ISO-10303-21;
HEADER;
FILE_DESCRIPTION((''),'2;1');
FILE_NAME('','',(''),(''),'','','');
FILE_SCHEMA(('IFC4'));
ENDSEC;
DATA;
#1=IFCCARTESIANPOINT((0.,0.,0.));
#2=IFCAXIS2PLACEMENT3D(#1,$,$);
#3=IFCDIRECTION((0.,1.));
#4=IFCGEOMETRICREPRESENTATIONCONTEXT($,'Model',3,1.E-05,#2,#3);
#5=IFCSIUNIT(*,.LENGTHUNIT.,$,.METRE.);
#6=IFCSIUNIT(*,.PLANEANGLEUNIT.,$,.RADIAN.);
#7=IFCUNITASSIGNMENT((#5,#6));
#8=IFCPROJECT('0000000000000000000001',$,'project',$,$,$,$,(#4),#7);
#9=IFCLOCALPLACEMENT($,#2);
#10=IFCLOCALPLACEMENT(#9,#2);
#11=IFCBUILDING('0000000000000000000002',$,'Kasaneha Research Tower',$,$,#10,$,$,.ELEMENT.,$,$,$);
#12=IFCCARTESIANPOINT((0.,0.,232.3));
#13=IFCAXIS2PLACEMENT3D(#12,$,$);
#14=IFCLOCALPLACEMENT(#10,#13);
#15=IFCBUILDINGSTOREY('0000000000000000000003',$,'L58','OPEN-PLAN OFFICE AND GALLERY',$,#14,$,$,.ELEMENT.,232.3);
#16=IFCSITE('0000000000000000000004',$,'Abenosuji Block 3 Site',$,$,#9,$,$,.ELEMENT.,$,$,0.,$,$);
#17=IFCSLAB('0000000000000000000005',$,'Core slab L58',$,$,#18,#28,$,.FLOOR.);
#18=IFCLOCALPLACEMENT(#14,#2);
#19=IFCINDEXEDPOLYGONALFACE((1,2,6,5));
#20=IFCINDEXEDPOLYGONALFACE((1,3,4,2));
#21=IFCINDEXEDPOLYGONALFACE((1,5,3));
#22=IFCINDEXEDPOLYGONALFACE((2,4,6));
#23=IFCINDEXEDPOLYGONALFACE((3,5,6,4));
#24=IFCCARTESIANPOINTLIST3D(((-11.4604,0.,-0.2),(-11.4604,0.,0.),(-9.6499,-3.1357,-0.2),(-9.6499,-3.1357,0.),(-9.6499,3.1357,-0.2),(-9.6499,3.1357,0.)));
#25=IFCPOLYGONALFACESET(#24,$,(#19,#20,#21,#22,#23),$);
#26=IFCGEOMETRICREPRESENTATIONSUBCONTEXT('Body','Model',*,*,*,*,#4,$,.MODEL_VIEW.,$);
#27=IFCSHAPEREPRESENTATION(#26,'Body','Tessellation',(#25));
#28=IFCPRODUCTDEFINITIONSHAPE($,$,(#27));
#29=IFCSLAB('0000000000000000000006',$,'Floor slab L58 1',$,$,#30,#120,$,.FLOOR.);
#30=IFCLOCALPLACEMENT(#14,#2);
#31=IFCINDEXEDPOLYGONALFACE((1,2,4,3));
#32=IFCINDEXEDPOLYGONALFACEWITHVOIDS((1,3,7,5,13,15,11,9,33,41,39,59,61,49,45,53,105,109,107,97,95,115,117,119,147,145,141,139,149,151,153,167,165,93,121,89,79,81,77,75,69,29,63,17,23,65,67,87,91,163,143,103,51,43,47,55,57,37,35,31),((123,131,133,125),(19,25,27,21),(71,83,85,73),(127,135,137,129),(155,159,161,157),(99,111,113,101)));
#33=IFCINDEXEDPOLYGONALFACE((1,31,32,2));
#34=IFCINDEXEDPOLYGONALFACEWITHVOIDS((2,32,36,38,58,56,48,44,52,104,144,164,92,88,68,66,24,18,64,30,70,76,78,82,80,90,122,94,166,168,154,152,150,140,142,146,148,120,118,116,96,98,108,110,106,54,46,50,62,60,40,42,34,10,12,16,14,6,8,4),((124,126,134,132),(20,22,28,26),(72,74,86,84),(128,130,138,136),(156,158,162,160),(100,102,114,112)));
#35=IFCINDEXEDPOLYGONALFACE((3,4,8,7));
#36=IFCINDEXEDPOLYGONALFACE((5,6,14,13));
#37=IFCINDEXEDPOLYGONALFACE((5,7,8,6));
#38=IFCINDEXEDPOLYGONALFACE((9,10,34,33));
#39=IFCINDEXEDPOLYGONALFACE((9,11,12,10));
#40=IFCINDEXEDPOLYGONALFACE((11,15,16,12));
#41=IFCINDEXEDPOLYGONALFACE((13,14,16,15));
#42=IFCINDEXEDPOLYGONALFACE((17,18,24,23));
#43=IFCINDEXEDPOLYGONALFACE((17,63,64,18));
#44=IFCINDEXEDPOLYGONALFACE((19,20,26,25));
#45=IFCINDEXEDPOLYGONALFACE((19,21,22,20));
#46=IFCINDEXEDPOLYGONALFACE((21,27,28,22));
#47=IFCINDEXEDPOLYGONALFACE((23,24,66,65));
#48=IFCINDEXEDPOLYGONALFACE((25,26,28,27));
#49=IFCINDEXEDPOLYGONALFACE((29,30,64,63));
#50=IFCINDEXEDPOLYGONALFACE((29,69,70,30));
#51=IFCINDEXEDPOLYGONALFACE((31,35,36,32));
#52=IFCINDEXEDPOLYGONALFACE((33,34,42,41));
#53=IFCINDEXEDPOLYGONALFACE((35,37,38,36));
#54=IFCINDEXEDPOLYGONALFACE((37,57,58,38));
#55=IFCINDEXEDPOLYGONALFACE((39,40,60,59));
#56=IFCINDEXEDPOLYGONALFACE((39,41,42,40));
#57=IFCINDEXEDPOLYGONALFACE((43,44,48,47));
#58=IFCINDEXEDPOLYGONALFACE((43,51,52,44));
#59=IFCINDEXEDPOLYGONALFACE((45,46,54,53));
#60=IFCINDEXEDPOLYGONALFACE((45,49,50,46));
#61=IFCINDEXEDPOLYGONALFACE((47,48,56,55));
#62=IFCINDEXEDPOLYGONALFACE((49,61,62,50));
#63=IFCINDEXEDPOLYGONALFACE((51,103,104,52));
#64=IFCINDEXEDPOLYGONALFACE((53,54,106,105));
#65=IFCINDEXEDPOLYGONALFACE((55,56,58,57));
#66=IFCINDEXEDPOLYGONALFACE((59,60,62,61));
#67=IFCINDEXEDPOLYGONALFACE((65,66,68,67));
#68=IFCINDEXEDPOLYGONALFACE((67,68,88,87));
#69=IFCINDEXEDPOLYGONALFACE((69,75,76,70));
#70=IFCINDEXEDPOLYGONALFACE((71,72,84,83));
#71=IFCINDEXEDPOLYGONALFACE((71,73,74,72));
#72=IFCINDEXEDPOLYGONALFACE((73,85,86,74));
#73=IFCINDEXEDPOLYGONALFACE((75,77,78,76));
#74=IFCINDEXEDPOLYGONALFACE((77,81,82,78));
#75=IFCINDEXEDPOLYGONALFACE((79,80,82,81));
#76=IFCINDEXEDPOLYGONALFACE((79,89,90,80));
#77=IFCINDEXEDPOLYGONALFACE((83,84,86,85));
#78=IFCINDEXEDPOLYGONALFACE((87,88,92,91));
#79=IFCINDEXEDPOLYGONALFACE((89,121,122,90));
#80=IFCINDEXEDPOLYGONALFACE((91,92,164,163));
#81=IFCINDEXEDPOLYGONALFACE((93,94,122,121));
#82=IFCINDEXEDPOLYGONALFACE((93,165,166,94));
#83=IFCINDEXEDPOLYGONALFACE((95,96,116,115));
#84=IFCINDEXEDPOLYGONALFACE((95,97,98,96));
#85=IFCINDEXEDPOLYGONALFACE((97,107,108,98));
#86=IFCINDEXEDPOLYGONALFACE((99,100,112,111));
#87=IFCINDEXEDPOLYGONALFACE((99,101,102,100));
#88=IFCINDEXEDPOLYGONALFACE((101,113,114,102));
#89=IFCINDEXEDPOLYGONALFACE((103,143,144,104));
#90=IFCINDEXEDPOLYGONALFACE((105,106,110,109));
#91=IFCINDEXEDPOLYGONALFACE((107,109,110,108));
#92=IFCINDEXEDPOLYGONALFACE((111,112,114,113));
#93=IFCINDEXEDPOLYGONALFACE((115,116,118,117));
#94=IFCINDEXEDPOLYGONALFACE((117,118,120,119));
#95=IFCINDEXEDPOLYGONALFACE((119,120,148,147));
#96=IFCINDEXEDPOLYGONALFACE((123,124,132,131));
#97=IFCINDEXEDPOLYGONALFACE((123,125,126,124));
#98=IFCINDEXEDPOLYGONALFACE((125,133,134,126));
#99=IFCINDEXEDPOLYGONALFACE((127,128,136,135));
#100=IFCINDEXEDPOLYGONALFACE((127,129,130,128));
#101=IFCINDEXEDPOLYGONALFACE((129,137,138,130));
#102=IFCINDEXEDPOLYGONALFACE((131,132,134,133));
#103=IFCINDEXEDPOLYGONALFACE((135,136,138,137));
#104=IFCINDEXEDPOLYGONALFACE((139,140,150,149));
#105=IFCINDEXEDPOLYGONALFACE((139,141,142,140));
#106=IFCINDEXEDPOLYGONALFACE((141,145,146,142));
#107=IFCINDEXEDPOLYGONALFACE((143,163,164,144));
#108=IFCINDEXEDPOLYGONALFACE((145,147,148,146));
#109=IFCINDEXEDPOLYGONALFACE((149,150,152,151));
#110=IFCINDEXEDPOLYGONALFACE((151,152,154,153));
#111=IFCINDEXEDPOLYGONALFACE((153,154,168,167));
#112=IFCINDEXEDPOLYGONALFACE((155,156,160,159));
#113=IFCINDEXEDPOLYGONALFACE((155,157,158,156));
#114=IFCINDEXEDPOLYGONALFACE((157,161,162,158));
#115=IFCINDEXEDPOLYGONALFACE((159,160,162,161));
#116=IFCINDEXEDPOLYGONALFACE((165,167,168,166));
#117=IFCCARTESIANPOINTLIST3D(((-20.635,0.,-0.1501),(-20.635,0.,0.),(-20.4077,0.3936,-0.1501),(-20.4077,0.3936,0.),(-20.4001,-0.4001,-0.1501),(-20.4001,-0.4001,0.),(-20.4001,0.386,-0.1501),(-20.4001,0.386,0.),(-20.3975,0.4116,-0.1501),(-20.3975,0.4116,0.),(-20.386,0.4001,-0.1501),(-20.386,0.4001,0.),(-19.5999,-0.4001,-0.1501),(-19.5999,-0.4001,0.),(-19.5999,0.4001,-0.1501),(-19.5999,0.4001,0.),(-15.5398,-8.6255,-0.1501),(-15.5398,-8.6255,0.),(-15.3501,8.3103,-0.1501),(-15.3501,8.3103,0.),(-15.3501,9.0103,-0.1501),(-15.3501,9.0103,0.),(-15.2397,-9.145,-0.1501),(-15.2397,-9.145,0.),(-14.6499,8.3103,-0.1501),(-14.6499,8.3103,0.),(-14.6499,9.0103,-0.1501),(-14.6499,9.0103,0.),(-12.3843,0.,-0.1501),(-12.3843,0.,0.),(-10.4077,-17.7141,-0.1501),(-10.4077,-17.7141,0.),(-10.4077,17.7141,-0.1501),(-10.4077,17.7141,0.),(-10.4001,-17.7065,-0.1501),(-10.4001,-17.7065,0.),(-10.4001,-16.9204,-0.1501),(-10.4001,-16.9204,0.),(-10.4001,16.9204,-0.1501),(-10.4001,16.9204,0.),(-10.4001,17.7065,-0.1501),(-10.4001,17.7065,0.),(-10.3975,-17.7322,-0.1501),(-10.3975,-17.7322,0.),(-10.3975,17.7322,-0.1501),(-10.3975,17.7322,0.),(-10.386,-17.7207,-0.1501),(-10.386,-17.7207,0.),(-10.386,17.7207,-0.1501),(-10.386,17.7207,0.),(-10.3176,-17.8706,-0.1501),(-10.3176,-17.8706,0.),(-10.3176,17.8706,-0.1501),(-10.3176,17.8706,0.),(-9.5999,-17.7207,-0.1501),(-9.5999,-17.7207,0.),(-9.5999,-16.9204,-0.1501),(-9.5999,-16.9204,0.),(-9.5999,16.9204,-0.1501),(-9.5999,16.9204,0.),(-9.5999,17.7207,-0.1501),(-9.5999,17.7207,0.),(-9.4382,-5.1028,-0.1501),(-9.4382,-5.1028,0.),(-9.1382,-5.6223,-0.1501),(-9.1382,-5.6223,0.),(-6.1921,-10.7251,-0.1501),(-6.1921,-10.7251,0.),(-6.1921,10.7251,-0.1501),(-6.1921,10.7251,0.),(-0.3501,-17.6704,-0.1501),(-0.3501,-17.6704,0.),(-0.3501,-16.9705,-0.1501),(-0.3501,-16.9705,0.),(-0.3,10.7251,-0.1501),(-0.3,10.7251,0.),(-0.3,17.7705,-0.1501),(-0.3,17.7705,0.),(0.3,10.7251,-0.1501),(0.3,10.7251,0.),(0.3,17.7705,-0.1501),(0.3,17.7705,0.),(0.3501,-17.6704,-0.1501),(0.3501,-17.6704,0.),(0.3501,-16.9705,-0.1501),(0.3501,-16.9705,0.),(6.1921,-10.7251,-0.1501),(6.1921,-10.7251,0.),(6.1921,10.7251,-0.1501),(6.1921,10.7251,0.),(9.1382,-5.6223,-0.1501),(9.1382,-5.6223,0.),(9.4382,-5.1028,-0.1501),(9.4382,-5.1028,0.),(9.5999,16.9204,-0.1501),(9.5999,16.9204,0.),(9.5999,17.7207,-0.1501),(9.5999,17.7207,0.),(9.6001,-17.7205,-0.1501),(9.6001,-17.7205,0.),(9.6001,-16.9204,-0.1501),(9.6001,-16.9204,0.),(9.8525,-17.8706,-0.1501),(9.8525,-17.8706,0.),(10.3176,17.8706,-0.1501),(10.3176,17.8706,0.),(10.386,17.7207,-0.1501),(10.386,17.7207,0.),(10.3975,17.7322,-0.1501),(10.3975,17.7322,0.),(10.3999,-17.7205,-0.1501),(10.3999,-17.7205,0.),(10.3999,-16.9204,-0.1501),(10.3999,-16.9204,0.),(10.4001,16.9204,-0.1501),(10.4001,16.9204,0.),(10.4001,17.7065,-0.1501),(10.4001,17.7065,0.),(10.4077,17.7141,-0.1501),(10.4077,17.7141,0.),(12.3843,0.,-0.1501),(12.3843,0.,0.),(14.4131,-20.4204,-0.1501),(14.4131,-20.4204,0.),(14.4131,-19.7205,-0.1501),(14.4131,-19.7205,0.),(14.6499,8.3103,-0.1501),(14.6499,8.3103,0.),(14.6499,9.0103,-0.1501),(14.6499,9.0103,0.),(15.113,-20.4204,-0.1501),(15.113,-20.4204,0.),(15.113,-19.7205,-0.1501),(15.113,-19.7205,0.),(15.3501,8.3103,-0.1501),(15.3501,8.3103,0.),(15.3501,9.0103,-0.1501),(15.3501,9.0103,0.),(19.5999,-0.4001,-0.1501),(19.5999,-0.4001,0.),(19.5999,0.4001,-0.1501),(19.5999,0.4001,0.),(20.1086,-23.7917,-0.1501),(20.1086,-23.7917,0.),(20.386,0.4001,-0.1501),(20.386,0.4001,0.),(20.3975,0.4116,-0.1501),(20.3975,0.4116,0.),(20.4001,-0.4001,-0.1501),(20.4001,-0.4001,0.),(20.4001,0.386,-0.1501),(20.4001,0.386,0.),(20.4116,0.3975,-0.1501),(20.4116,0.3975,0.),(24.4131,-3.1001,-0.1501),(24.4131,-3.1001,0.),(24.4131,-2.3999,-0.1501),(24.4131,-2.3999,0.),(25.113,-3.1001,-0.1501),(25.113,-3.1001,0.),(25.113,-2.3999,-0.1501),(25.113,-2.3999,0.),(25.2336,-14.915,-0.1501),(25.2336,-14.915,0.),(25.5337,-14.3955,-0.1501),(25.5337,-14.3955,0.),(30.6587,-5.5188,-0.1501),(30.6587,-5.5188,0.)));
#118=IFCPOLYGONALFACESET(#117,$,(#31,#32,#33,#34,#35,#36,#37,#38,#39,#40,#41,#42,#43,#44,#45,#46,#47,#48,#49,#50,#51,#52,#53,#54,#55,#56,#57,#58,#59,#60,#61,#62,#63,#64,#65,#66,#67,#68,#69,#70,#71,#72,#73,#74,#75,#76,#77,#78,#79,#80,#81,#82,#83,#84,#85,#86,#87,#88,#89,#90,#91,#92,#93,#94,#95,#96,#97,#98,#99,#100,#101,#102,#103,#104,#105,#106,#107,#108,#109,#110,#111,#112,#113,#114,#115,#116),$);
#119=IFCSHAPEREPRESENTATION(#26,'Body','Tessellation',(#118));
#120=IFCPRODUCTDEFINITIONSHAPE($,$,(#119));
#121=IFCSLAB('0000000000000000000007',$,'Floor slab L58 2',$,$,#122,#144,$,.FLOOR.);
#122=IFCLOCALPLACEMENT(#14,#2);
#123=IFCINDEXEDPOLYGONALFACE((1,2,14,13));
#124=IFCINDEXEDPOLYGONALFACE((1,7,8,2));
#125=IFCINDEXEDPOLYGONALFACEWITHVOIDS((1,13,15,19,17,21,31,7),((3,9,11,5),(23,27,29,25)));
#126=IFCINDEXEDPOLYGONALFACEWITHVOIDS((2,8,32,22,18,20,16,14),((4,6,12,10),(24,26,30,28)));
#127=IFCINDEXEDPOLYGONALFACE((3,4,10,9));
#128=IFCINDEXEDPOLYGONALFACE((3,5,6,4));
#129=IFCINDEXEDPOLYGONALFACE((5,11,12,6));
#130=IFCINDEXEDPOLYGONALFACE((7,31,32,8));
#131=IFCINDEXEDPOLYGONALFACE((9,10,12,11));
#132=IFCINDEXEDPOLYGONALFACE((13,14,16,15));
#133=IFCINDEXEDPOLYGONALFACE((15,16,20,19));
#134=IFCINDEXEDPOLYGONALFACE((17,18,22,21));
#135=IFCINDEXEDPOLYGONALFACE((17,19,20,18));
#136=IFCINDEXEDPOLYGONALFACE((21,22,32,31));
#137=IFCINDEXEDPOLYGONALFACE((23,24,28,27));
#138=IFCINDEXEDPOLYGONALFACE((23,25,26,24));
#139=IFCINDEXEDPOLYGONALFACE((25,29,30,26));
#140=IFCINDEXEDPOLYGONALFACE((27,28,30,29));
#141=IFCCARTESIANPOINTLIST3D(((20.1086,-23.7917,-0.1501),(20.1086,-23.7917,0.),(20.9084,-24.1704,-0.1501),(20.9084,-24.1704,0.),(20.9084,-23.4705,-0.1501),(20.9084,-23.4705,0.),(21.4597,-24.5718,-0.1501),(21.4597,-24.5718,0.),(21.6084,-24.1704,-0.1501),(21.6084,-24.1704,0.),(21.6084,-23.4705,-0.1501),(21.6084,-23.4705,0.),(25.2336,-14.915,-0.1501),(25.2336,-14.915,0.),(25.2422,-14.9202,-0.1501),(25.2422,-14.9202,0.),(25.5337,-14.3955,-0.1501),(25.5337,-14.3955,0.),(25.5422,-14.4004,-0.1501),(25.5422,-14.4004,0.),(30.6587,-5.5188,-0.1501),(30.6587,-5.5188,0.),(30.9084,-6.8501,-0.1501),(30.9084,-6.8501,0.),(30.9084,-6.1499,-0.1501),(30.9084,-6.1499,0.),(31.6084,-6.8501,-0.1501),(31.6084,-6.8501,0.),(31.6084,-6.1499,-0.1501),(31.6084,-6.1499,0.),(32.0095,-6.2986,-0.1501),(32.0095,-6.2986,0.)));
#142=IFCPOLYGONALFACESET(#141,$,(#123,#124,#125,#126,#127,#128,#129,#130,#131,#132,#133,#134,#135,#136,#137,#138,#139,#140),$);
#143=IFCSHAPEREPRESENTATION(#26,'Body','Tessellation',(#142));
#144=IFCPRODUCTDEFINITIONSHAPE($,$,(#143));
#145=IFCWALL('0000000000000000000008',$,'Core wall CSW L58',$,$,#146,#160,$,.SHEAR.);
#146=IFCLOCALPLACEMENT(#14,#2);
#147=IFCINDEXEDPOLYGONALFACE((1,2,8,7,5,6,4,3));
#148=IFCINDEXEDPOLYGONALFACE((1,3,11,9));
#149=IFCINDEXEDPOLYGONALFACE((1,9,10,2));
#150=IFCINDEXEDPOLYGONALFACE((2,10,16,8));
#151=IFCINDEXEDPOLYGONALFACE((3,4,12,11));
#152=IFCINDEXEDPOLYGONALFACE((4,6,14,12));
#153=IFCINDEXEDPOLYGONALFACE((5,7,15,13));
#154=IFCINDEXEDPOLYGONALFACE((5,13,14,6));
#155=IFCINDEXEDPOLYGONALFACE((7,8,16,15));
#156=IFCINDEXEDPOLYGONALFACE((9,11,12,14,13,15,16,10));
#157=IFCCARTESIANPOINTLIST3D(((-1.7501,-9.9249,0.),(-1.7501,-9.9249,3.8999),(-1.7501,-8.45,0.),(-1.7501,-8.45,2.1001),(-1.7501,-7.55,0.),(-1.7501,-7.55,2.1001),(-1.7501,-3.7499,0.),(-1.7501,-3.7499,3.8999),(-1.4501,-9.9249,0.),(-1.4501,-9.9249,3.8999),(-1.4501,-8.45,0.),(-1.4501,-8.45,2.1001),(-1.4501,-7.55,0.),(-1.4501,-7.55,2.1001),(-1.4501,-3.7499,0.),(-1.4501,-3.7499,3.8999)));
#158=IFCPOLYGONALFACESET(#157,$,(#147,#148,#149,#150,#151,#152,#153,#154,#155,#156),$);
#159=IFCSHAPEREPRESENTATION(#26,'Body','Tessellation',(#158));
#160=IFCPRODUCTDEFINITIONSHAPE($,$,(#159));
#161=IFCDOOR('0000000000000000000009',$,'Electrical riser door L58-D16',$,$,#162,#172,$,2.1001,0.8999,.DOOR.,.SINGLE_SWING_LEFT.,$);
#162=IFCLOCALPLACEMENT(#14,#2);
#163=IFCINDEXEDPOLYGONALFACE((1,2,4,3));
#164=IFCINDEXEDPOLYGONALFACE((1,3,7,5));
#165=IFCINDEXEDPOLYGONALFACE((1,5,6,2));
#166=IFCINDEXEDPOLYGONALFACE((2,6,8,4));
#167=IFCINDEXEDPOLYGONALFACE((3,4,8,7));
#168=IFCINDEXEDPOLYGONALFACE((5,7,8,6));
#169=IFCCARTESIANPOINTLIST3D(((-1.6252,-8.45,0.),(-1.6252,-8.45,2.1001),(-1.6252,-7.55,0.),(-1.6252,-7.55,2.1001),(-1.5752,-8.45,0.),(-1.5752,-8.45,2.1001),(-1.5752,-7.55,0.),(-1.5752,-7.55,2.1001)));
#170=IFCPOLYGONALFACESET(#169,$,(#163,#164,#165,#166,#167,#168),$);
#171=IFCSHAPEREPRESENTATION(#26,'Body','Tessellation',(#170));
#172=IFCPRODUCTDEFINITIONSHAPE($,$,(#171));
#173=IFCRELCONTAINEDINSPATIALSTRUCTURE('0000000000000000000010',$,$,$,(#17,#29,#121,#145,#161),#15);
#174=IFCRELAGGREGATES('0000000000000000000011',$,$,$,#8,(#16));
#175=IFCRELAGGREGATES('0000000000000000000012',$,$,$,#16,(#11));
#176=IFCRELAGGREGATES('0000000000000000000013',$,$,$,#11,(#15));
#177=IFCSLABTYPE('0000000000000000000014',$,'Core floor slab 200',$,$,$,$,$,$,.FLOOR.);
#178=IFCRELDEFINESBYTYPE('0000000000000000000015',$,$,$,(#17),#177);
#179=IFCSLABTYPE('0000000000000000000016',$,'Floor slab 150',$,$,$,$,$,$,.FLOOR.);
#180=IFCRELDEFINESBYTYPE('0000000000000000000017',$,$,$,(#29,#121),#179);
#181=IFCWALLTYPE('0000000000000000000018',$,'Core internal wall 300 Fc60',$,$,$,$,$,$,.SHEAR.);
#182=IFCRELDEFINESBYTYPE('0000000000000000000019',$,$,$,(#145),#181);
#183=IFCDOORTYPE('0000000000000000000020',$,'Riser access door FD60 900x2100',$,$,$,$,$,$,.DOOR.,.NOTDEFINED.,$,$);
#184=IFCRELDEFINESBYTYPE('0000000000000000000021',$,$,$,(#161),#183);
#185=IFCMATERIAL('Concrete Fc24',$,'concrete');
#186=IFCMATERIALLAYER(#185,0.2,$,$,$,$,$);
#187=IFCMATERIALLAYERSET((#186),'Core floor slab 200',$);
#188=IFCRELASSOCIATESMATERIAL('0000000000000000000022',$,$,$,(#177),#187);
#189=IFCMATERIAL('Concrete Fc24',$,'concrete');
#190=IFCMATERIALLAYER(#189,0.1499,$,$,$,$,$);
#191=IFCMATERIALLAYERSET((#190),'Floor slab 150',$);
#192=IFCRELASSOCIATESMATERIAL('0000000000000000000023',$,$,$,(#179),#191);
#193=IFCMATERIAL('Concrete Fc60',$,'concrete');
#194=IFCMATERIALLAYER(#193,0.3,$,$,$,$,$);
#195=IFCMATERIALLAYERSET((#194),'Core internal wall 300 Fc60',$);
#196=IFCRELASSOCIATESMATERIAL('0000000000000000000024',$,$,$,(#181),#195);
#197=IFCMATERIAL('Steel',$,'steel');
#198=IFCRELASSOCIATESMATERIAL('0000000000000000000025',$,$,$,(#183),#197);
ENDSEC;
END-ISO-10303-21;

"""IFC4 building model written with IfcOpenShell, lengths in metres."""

from ifc_helpers import new_model, si_unit, direction, frame, frame_2d, origin, place, context, subcontext, project, spatial, polyline, rectangle, outline, extrude, material, layer, layer_set, type_object, element, fill, save


model = new_model("IFC4")

# Units and contexts
model_context = context("Model", 3, precision=1e-05, world=origin(), true_north=direction((0.0, 1.0)))
body_context = subcontext(model_context, "Body", "Model", "MODEL_VIEW")
ifc_project = project(units=[si_unit("LENGTHUNIT", "METRE"), si_unit("PLANEANGLEUNIT", "RADIAN")], contexts=[model_context])

# Site, building, storey
site_placement = place(None, origin())
site = spatial("IfcSite", under=ifc_project, at=site_placement, Name="Abenosuji Block 3 Site", CompositionType="ELEMENT", RefElevation=0.0)
building_placement = place(site_placement, origin())
building = spatial("IfcBuilding", under=site, at=building_placement, Name="Kasaneha Research Tower", CompositionType="ELEMENT")
storey_placement = place(building_placement, frame((0.0, 0.0, 232.3)))
storey = spatial("IfcBuildingStorey", under=building, at=storey_placement, Name="L58", Description="OPEN-PLAN OFFICE AND GALLERY", CompositionType="ELEMENT", Elevation=232.3)

# Slabs
ifc_material_1 = material(Name="Concrete Fc24", Category="concrete")
ifc_layer_1 = layer(ifc_material_1, 0.2)
ifc_layer_set_1 = layer_set([ifc_layer_1], Name="Core floor slab 200")
slab_type_1 = type_object("IfcSlabType", Name="Core floor slab 200", PredefinedType="FLOOR", material=ifc_layer_set_1)
slab_1_placement = place(storey_placement, frame((0.0, 0.0, -0.2)))
element("IfcSlab", 1, at=slab_1_placement, inside=storey, type_object=slab_type_1, Name="Core slab L58", PredefinedType="FLOOR", context=body_context, shape_type="SweptSolid", body=[
    extrude(outline(polyline([(-11.4604, 0.0), (-9.6499, 3.1357), (-9.6499, -3.1357), (-11.4604, 0.0)])), origin(), (0.0, 0.0, 1.0), 0.2),
])
ifc_material_2 = material(Name="Concrete Fc24", Category="concrete")
ifc_layer_2 = layer(ifc_material_2, 0.1499)
ifc_layer_set_2 = layer_set([ifc_layer_2], Name="Floor slab 150")
slab_type_2 = type_object("IfcSlabType", Name="Floor slab 150", PredefinedType="FLOOR", material=ifc_layer_set_2)
slab_2_placement = place(storey_placement, frame((0.0, 0.0, -0.1501)))
element("IfcSlab", 2, at=slab_2_placement, inside=storey, type_object=slab_type_2, Name="Floor slab L58 1", PredefinedType="FLOOR", context=body_context, shape_type="SweptSolid", body=[
    extrude(outline(polyline([(-10.3176, -17.8706), (-10.3975, -17.7322), (-10.386, -17.7207), (-9.5999, -17.7207), (-9.5999, -16.9204), (-10.4001, -16.9204), (-10.4001, -17.7065), (-10.4077, -17.7141), (-20.635, 0.0), (-20.4077, 0.3936), (-20.4001, 0.386), (-20.4001, -0.4001), (-19.5999, -0.4001), (-19.5999, 0.4001), (-20.386, 0.4001), (-20.3975, 0.4116), (-10.4077, 17.7141), (-10.4001, 17.7065), (-10.4001, 16.9204), (-9.5999, 16.9204), (-9.5999, 17.7207), (-10.386, 17.7207), (-10.3975, 17.7322), (-10.3176, 17.8706), (10.3176, 17.8706), (10.3975, 17.7322), (10.386, 17.7207), (9.5999, 17.7207), (9.5999, 16.9204), (10.4001, 16.9204), (10.4001, 17.7065), (10.4077, 17.7141), (20.3975, 0.4116), (20.386, 0.4001), (19.5999, 0.4001), (19.5999, -0.4001), (20.4001, -0.4001), (20.4001, 0.386), (20.4116, 0.3975), (30.6587, -5.5188), (25.5337, -14.3955), (9.4382, -5.1028), (12.3843, 0.0), (6.1921, 10.7251), (0.3, 10.7251), (0.3, 17.7705), (-0.3, 17.7705), (-0.3, 10.7251), (-6.1921, 10.7251), (-12.3843, 0.0), (-9.4382, -5.1028), (-15.5398, -8.6255), (-15.2397, -9.145), (-9.1382, -5.6223), (-6.1921, -10.7251), (6.1921, -10.7251), (9.1382, -5.6223), (25.2336, -14.915), (20.1086, -23.7917), (9.8525, -17.8706), (-10.3176, -17.8706)]), holes=[polyline([(-0.3501, -17.6704), (0.3501, -17.6704), (0.3501, -16.9705), (-0.3501, -16.9705), (-0.3501, -17.6704)]), polyline([(-15.3501, 8.3103), (-14.6499, 8.3103), (-14.6499, 9.0103), (-15.3501, 9.0103), (-15.3501, 8.3103)]), polyline([(14.4131, -20.4204), (15.113, -20.4204), (15.113, -19.7205), (14.4131, -19.7205), (14.4131, -20.4204)]), polyline([(9.6001, -17.7205), (10.3999, -17.7205), (10.3999, -16.9204), (9.6001, -16.9204), (9.6001, -17.7205)]), polyline([(24.4131, -3.1001), (25.113, -3.1001), (25.113, -2.3999), (24.4131, -2.3999), (24.4131, -3.1001)]), polyline([(14.6499, 9.0103), (14.6499, 8.3103), (15.3501, 8.3103), (15.3501, 9.0103), (14.6499, 9.0103)])]), origin(), (0.0, 0.0, 1.0), 0.1501),
])
slab_3_placement = place(storey_placement, frame((0.0, 0.0, -0.1501)))
element("IfcSlab", 3, at=slab_3_placement, inside=storey, type_object=slab_type_2, Name="Floor slab L58 2", PredefinedType="FLOOR", context=body_context, shape_type="SweptSolid", body=[
    extrude(outline(polyline([(32.0095, -6.2986), (21.4597, -24.5718), (20.1086, -23.7917), (25.2336, -14.915), (25.2422, -14.9202), (25.5422, -14.4004), (25.5337, -14.3955), (30.6587, -5.5188), (32.0095, -6.2986)]), holes=[polyline([(20.9084, -24.1704), (21.6084, -24.1704), (21.6084, -23.4705), (20.9084, -23.4705), (20.9084, -24.1704)]), polyline([(30.9084, -6.8501), (31.6084, -6.8501), (31.6084, -6.1499), (30.9084, -6.1499), (30.9084, -6.8501)])]), origin(), (0.0, 0.0, 1.0), 0.1501),
])

# Shared definitions
ifc_material_3 = material(Name="Concrete Fc60", Category="concrete")
ifc_layer_3 = layer(ifc_material_3, 0.3)
ifc_layer_set_3 = layer_set([ifc_layer_3], Name="Core internal wall 300 Fc60")
wall_type_1 = type_object("IfcWallType", Name="Core internal wall 300 Fc60", PredefinedType="SHEAR", material=ifc_layer_set_3)

# Wall, opening, door
wall_1_placement = place(storey_placement, frame((-1.6001, -3.75, 0.0), z_axis=(0.0, 0.0, 1.0), x_axis=(0.0, -1.0, 0.0)))
wall_1 = element("IfcWall", 4, at=wall_1_placement, inside=storey, type_object=wall_type_1, Name="Core wall CSW L58", PredefinedType="SHEAR", context=body_context, shape_type="SweptSolid", body=[
    extrude(rectangle(XDim=6.175, YDim=0.3, at=frame_2d((3.0874, 0.0))), origin(), (0.0, 0.0, 1.0), 3.8999),
])
opening_1_placement = place(wall_1_placement, frame((3.8, 0.0, 0.0)))
opening_1 = element("IfcOpeningElement", 5, at=opening_1_placement, cuts=wall_1, PredefinedType="OPENING", context=body_context, shape_type="SweptSolid", body=[
    extrude(rectangle(XDim=0.8999, YDim=2.1001, at=frame_2d((0.45, 1.05))), frame((0.0, 0.1602, 0.0), z_axis=(0.0, -1.0, 0.0), x_axis=(1.0, 0.0, 0.0)), (0.0, 0.0, 1.0), 0.3201),
])
ifc_material_4 = material(Name="Steel", Category="steel")
door_type_1 = type_object("IfcDoorType", Name="Riser access door FD60 900x2100", OperationType="NOTDEFINED", PredefinedType="DOOR", material=ifc_material_4)
door_1_placement = place(opening_1_placement, origin())
door_1 = element("IfcDoor", 6, at=door_1_placement, inside=storey, type_object=door_type_1, Name="Electrical riser door L58-D16", OperationType="SINGLE_SWING_LEFT", OverallHeight=2.1001, OverallWidth=0.8999, PredefinedType="DOOR", context=body_context, shape_type="SweptSolid", body=[
    extrude(rectangle(XDim=0.8999, YDim=2.1001, at=frame_2d((0.45, 1.05))), frame((0.0, 0.0249, 0.0), z_axis=(0.0, -1.0, 0.0), x_axis=(1.0, 0.0, 0.0)), (0.0, 0.0, 1.0), 0.05),
])
fill(opening_1, door_1)

save(model, "model.ifc")
